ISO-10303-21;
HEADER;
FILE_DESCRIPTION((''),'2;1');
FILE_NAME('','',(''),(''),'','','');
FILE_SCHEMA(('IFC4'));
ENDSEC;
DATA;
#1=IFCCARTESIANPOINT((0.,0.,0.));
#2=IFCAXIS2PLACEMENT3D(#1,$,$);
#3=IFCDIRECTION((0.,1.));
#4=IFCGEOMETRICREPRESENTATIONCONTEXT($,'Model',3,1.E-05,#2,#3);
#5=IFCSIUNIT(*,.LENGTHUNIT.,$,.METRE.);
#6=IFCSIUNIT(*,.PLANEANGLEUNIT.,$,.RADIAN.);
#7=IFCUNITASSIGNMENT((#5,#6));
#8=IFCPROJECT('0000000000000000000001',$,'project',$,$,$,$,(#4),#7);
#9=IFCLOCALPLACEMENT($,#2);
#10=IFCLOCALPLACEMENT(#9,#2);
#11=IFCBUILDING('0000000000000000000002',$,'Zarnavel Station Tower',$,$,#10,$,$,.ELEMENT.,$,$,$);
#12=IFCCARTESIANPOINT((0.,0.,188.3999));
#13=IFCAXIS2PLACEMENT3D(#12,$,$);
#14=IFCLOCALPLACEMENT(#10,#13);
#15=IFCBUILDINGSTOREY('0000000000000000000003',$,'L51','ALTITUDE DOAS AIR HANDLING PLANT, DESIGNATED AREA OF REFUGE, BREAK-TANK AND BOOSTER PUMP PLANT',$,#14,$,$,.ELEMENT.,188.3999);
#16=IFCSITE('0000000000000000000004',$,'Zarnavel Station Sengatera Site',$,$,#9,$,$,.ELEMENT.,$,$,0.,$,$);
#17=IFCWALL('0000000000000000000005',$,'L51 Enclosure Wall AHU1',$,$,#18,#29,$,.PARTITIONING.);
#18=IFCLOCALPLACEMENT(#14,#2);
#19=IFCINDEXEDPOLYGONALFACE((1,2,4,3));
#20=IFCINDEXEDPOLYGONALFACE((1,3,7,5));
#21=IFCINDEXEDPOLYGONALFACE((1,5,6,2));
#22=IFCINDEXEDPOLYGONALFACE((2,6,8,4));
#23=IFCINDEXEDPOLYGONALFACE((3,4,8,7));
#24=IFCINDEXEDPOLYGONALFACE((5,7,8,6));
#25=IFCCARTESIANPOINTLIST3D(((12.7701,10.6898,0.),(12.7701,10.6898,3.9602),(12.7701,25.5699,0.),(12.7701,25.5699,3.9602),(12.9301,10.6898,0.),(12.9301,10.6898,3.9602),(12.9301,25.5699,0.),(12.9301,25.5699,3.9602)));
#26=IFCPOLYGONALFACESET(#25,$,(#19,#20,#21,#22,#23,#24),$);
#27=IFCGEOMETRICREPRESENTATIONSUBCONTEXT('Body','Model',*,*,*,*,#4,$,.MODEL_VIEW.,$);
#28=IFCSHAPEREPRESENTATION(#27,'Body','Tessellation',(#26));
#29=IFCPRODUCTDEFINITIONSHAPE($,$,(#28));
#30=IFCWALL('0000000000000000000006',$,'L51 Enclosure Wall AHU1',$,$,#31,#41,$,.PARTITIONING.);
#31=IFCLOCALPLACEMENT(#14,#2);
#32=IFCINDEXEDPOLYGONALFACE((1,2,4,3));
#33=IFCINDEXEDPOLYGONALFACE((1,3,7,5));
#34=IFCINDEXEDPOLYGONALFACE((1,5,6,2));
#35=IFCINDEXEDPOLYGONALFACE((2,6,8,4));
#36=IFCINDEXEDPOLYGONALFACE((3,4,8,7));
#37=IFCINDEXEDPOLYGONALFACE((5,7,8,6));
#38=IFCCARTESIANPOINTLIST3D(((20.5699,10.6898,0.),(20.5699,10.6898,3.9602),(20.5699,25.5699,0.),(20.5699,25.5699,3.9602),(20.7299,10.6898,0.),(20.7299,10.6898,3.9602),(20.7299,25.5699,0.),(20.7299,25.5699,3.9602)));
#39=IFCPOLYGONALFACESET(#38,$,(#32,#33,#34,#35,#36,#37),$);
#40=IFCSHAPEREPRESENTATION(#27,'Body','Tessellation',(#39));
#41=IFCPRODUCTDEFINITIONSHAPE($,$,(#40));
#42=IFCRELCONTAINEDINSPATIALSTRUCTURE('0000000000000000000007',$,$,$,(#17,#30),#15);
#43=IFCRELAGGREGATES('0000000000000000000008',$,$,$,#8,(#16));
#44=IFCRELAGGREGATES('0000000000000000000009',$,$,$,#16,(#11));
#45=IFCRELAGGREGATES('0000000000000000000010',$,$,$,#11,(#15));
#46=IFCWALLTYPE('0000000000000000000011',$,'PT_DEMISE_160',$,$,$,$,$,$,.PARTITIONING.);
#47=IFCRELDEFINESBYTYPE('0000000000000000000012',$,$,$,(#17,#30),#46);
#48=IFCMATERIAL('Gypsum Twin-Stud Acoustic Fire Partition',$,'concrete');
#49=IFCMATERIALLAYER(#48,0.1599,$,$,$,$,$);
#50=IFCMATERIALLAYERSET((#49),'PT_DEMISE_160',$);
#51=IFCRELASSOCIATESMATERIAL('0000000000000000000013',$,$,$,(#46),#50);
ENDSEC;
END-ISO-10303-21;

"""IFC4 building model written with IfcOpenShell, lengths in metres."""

from ifc_helpers import new_model, si_unit, direction, frame, frame_2d, origin, place, context, subcontext, project, spatial, rectangle, extrude, material, layer, layer_set, type_object, element, save


model = new_model("IFC4")

# Units and contexts
model_context = context("Model", 3, precision=1e-05, world=origin(), true_north=direction((0.0, 1.0)))
body_context = subcontext(model_context, "Body", "Model", "MODEL_VIEW")
ifc_project = project(units=[si_unit("LENGTHUNIT", "METRE"), si_unit("PLANEANGLEUNIT", "RADIAN")], contexts=[model_context])

# Site, building, storey
site_placement = place(None, origin())
site = spatial("IfcSite", under=ifc_project, at=site_placement, Name="Zarnavel Station Sengatera Site", CompositionType="ELEMENT", RefElevation=0.0)
building_placement = place(site_placement, origin())
building = spatial("IfcBuilding", under=site, at=building_placement, Name="Zarnavel Station Tower", CompositionType="ELEMENT")
storey_placement = place(building_placement, frame((0.0, 0.0, 188.3999)))
storey = spatial("IfcBuildingStorey", under=building, at=storey_placement, Name="L51", Description="ALTITUDE DOAS AIR HANDLING PLANT, DESIGNATED AREA OF REFUGE, BREAK-TANK AND BOOSTER PUMP PLANT", CompositionType="ELEMENT", Elevation=188.3999)

# Walls
ifc_material_1 = material(Name="Gypsum Twin-Stud Acoustic Fire Partition", Category="concrete")
ifc_layer_1 = layer(ifc_material_1, 0.1599)
ifc_layer_set_1 = layer_set([ifc_layer_1], Name="PT_DEMISE_160")
wall_type = type_object("IfcWallType", Name="PT_DEMISE_160", PredefinedType="PARTITIONING", material=ifc_layer_set_1)
for number, where, z_axis, x_axis, name in (
    (1, (12.8501, 10.6899, 0.0), (0.0, 0.0, 1.0), (0.0, 1.0, 0.0), "L51 Enclosure Wall AHU1"),
    (2, (20.6499, 10.6899, 0.0), (0.0, 0.0, 1.0), (0.0, 1.0, 0.0), "L51 Enclosure Wall AHU1"),
):
    element("IfcWall", number, at=place(storey_placement, frame(where, z_axis=z_axis, x_axis=x_axis)), inside=storey, type_object=wall_type, Name=name, PredefinedType="PARTITIONING", context=body_context, shape_type="SweptSolid", body=[
        extrude(rectangle(XDim=14.8801, YDim=0.1599, at=frame_2d((7.4399, 0.0))), origin(), (0.0, 0.0, 1.0), 3.9602),
    ])

save(model, "model.ifc")
